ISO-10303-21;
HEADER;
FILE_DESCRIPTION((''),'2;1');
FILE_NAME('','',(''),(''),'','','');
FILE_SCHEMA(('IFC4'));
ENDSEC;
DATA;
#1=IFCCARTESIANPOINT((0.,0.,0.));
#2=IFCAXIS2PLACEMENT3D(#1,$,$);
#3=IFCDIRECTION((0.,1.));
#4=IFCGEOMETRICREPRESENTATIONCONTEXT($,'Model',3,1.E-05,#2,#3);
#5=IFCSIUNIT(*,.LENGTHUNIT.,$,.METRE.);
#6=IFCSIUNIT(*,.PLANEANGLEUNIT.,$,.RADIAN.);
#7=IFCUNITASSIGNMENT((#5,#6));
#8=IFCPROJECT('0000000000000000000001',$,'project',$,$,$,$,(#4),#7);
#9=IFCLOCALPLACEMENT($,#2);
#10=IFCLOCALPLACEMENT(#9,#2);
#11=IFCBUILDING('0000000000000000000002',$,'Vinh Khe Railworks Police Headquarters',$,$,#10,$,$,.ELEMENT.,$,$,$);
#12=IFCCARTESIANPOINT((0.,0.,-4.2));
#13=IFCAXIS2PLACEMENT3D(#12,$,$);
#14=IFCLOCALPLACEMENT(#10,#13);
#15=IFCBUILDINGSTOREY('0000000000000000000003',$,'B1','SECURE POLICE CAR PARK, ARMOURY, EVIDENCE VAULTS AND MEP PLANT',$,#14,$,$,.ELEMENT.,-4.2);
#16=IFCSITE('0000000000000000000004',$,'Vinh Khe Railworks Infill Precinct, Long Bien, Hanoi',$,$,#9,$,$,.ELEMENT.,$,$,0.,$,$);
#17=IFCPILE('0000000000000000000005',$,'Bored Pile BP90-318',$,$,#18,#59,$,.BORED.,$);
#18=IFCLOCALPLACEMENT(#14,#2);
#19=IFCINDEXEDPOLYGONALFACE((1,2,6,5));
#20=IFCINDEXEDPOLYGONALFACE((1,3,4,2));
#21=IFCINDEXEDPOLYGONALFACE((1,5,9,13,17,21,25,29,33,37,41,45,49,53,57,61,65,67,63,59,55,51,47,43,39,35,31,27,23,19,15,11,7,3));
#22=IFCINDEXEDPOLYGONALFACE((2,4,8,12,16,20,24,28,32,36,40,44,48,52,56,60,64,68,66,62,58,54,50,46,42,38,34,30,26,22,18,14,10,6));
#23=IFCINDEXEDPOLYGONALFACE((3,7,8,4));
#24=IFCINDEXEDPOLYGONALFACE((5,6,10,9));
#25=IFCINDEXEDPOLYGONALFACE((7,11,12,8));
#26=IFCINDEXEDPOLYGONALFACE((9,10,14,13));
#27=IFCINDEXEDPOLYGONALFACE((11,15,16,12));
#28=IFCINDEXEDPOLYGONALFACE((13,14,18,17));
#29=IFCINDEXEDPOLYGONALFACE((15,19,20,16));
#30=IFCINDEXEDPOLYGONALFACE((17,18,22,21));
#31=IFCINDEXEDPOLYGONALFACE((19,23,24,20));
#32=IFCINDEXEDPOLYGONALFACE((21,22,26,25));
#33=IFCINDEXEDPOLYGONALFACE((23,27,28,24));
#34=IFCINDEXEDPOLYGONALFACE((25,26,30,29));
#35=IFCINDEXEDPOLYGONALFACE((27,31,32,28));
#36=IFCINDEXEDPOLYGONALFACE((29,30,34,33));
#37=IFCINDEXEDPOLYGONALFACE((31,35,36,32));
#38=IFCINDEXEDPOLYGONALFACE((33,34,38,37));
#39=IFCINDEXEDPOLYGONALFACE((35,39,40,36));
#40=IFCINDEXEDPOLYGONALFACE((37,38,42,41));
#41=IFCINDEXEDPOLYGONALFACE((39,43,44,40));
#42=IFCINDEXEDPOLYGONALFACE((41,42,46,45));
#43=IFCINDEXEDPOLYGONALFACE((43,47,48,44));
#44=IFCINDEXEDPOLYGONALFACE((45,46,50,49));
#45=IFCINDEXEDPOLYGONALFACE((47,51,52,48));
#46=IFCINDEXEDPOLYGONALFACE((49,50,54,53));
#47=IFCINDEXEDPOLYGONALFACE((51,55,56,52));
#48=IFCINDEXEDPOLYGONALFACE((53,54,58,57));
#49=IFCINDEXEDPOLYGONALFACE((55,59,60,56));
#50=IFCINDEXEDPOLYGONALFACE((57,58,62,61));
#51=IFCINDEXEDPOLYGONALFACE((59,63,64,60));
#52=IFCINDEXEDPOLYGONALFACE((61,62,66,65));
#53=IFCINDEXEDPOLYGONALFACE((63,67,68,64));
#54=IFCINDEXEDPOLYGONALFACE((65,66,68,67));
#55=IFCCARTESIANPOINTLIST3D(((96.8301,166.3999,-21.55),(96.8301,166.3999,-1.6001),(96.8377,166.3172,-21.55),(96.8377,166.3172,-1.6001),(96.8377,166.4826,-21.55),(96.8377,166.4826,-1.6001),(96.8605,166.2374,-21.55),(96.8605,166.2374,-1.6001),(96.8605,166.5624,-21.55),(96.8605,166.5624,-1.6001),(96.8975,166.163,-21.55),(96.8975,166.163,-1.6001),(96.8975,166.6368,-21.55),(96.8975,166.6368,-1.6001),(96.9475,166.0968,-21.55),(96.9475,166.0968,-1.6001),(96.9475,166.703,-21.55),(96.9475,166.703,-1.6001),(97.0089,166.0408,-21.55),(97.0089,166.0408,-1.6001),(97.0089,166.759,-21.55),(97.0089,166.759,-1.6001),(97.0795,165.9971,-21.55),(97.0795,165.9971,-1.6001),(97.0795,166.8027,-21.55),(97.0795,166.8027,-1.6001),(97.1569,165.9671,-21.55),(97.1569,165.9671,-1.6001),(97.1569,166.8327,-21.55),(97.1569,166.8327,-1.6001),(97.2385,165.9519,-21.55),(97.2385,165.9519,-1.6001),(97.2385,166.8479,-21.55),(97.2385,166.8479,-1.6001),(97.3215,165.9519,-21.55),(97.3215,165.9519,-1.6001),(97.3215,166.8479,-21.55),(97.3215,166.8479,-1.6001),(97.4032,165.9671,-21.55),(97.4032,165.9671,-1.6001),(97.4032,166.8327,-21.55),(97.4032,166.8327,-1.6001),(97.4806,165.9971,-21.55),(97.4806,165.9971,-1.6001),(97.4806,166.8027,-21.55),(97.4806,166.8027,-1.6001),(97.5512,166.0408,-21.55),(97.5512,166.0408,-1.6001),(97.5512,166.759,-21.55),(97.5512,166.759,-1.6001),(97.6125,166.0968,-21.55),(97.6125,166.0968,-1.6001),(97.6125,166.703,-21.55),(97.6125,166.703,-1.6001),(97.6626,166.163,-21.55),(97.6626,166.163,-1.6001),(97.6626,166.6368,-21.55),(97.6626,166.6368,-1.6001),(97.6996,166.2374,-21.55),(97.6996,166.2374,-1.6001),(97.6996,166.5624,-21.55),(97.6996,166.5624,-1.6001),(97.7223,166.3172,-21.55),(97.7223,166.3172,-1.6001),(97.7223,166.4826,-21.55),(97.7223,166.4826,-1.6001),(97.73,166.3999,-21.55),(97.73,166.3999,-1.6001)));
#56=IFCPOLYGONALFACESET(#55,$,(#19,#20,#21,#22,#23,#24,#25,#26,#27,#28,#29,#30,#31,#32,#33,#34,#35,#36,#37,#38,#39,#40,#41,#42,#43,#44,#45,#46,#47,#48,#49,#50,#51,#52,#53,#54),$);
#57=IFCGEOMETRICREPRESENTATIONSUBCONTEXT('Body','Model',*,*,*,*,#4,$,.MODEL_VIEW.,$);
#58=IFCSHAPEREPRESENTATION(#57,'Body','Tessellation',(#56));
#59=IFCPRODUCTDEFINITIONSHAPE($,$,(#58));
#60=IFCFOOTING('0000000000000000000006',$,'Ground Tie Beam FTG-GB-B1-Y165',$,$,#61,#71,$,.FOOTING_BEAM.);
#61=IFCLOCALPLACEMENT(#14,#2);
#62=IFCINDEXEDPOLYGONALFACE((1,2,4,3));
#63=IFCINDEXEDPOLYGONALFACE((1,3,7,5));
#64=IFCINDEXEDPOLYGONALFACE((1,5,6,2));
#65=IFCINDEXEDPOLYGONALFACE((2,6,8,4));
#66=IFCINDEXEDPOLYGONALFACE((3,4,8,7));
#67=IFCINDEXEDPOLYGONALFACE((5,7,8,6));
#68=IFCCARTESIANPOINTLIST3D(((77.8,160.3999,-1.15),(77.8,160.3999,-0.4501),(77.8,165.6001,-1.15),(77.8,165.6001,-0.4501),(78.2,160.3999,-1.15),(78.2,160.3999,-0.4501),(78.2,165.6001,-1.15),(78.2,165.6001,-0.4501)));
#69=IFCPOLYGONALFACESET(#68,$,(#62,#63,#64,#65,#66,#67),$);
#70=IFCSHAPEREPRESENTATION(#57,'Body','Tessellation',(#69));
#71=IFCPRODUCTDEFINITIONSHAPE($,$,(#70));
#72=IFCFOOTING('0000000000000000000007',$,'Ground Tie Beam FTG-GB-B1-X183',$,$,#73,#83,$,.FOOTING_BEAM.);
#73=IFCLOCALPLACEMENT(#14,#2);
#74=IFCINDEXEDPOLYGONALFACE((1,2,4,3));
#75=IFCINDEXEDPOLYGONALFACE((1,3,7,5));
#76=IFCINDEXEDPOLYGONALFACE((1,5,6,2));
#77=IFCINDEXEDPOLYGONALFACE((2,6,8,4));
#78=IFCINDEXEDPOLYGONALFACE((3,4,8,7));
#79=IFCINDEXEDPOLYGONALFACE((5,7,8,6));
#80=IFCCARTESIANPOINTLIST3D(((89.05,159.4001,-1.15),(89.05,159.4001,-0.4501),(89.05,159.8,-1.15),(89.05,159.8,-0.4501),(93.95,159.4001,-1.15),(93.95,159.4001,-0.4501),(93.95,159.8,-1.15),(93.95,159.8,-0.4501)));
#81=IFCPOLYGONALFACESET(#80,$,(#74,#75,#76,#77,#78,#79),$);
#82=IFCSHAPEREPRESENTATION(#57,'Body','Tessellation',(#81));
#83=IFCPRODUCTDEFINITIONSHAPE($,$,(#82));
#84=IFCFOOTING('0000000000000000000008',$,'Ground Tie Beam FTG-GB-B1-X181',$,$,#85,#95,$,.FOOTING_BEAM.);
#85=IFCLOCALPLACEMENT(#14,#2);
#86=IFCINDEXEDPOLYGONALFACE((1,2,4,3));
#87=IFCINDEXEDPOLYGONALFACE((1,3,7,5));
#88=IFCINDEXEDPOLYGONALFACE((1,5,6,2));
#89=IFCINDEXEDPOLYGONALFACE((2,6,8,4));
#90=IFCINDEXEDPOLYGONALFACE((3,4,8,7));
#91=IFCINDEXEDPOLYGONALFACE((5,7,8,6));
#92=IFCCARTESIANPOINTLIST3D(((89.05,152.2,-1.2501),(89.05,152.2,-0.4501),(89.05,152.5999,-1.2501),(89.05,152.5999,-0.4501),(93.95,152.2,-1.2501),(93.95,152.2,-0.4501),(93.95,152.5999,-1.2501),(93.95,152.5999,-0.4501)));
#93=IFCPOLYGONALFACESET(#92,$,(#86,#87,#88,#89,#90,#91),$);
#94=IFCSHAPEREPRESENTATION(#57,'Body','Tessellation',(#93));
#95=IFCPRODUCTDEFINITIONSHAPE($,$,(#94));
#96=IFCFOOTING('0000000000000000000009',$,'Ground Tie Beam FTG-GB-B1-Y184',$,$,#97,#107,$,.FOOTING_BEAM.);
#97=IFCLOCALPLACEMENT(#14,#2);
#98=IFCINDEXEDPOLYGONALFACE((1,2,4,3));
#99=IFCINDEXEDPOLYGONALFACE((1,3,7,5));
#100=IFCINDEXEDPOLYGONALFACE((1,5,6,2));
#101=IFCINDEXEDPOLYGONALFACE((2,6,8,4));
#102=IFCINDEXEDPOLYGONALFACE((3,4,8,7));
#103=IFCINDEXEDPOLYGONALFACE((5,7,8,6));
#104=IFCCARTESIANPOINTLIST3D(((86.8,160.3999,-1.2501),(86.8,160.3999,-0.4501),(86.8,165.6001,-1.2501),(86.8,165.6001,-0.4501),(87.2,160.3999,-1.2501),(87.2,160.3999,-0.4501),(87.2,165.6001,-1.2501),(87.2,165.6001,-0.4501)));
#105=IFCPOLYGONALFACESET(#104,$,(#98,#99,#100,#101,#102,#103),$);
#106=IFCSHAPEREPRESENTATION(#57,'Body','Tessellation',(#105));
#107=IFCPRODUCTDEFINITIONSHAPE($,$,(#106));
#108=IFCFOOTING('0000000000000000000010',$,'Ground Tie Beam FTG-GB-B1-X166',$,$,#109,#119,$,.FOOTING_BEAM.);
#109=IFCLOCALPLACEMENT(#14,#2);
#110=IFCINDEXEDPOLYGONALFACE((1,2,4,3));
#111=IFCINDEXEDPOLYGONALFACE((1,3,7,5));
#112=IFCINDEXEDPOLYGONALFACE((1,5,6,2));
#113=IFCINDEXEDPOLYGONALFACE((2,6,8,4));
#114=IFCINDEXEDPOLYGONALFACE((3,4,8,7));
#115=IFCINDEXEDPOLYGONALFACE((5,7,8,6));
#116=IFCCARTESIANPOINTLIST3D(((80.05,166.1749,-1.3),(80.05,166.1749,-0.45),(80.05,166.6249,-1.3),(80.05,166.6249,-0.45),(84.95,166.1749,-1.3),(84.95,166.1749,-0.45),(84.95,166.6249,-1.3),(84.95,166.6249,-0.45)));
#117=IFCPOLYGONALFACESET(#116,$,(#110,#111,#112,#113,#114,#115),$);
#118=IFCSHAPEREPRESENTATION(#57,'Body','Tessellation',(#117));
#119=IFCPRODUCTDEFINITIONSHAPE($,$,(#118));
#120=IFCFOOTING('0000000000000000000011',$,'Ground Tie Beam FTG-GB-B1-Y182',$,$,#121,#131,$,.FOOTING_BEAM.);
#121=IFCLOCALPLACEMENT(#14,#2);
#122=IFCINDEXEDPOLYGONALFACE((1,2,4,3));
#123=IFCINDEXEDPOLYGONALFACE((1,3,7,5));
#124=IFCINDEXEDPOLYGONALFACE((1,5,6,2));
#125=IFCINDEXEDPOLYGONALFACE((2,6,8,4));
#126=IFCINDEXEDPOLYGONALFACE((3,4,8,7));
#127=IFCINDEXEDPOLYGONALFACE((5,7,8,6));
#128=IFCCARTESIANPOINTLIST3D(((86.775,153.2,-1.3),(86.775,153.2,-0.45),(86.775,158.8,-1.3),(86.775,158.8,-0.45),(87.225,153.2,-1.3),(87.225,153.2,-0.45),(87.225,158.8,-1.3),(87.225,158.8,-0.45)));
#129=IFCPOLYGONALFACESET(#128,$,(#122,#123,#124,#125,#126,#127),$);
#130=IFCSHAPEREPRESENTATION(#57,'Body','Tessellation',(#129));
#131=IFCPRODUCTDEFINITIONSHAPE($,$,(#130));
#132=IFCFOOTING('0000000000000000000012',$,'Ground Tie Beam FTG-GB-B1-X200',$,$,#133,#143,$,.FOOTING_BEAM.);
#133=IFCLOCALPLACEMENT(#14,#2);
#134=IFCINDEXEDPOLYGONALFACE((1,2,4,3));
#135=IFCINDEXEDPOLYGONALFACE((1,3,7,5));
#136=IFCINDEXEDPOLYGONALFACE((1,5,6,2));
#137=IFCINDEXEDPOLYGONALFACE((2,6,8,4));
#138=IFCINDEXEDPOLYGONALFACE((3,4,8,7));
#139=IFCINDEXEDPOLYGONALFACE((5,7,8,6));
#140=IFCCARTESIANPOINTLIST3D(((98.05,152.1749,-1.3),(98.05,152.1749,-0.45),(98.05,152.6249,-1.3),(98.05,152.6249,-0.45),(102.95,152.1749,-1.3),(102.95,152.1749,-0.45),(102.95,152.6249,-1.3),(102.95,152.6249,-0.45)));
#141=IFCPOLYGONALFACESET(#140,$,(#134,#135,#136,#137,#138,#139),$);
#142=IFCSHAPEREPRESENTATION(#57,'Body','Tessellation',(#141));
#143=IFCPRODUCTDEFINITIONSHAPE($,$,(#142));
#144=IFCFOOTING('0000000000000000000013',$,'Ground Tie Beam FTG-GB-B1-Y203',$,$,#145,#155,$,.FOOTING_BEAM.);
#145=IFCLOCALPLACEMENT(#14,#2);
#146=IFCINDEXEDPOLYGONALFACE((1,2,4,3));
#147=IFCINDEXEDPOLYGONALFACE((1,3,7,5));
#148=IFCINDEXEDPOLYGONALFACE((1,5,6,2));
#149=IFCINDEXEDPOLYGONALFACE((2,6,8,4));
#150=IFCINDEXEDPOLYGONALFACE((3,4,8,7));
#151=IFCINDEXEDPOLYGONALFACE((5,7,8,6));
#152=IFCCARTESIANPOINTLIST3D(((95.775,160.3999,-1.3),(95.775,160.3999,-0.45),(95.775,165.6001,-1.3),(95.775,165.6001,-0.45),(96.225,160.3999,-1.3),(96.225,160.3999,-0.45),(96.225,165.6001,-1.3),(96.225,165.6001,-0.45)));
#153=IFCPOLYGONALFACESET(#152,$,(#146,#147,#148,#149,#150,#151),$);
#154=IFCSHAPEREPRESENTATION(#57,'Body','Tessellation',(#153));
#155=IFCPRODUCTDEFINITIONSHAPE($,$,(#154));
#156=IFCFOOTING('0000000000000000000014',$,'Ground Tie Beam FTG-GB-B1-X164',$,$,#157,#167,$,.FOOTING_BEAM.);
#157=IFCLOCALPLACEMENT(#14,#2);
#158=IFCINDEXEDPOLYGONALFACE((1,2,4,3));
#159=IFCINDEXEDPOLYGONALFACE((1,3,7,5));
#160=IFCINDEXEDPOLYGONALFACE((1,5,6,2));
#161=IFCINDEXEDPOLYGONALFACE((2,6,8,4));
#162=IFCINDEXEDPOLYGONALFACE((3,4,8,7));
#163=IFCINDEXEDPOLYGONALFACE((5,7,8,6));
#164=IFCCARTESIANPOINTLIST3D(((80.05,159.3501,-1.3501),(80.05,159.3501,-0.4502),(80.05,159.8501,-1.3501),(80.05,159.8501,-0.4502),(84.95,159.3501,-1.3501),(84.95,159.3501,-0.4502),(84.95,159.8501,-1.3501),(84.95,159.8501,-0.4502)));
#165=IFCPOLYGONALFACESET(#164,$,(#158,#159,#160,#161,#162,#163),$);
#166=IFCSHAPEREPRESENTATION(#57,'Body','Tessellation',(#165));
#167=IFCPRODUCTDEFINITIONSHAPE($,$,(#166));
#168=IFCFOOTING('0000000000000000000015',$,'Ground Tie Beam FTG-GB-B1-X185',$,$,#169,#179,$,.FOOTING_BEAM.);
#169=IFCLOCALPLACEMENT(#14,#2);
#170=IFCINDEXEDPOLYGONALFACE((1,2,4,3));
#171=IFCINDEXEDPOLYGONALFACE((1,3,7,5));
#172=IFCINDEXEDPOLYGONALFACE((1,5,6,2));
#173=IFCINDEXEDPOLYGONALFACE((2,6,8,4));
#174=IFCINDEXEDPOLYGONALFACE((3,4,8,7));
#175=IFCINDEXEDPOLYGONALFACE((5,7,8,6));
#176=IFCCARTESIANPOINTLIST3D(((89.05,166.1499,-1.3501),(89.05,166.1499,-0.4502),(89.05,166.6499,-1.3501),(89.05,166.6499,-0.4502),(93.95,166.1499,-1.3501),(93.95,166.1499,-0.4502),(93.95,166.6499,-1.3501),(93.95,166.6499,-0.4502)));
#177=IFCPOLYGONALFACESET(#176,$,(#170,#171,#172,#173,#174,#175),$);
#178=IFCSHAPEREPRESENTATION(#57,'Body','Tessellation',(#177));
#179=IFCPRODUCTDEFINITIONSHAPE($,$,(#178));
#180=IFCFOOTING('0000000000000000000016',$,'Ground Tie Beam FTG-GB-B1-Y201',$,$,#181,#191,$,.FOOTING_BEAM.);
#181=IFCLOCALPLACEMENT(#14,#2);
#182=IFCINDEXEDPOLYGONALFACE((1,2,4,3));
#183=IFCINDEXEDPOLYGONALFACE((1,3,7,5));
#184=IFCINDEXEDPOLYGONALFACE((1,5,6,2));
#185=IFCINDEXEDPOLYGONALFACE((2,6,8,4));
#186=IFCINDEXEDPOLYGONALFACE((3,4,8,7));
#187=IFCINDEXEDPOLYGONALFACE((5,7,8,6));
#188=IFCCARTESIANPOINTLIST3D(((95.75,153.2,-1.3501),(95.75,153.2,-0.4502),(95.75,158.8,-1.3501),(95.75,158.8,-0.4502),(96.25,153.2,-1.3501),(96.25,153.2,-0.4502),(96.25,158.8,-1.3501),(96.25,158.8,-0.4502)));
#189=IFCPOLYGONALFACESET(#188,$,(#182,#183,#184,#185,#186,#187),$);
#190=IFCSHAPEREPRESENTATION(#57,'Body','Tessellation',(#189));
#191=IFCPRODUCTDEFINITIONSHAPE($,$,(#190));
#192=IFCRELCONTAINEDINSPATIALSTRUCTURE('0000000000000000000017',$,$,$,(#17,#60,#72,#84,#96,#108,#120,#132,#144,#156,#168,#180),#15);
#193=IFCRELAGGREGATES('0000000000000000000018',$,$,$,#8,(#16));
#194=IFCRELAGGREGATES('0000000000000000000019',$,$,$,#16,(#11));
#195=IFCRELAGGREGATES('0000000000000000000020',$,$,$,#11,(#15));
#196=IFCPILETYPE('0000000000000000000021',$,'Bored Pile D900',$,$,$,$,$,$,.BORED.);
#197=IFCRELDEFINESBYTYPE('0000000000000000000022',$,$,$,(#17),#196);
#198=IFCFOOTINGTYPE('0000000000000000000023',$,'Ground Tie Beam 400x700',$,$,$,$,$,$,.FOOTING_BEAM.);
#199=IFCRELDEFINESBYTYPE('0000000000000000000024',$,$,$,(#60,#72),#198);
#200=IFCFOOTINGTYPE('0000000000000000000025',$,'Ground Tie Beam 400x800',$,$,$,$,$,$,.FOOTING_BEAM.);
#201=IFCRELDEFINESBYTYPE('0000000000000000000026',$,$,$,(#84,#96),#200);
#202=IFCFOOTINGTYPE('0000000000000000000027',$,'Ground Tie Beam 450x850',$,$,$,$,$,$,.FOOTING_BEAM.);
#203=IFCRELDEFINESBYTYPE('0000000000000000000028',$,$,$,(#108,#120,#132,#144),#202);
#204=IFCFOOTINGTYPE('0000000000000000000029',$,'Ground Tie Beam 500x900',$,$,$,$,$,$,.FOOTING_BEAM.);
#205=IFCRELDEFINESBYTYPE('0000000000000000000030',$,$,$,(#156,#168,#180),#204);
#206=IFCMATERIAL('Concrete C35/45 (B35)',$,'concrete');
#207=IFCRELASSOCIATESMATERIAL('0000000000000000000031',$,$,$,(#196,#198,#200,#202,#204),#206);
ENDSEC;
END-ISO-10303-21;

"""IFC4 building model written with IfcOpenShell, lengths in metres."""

from ifc_helpers import new_model, si_unit, direction, frame, origin, origin_2d, place, context, subcontext, project, spatial, rectangle, circle, extrude, material, material_profile, profile_set, type_object, element, save


model = new_model("IFC4")

# Units and contexts
model_context = context("Model", 3, precision=1e-05, world=origin(), true_north=direction((0.0, 1.0)))
body_context = subcontext(model_context, "Body", "Model", "MODEL_VIEW")
ifc_project = project(units=[si_unit("LENGTHUNIT", "METRE"), si_unit("PLANEANGLEUNIT", "RADIAN")], contexts=[model_context])

# Site, building, storey
site_placement = place(None, origin())
site = spatial("IfcSite", under=ifc_project, at=site_placement, Name="Vinh Khe Railworks Infill Precinct, Long Bien, Hanoi", CompositionType="ELEMENT", RefElevation=0.0)
building_placement = place(site_placement, origin())
building = spatial("IfcBuilding", under=site, at=building_placement, Name="Vinh Khe Railworks Police Headquarters", CompositionType="ELEMENT")
storey_placement = place(building_placement, frame((0.0, 0.0, -4.2)))
storey = spatial("IfcBuildingStorey", under=building, at=storey_placement, Name="B1", Description="SECURE POLICE CAR PARK, ARMOURY, EVIDENCE VAULTS AND MEP PLANT", CompositionType="ELEMENT", Elevation=-4.2)

# Pile
ifc_material_1 = material(Name="Concrete C35/45 (B35)", Category="concrete")
ifc_material_profile_1 = material_profile(ifc_material_1, circle(Radius=0.45, at=origin_2d()), Name="BORED PILE D900")
ifc_profile_set_1 = profile_set([ifc_material_profile_1], Name="Concrete C35/45 (B35)")
pile_type = type_object("IfcPileType", Name="Bored Pile D900", PredefinedType="BORED", material=ifc_profile_set_1)
for number, where, z_axis, x_axis, name in (
    (1, (97.28, 166.3999, -1.6001), (0.0, 0.0, -1.0), (1.0, 0.0, 0.0), "Bored Pile BP90-318"),
):
    element("IfcPile", number, at=place(storey_placement, frame(where, z_axis=z_axis, x_axis=x_axis)), inside=storey, type_object=pile_type, Name=name, PredefinedType="BORED", context=body_context, shape_type="SweptSolid", body=[
        extrude(circle(Radius=0.45, at=origin_2d()), origin(), (0.0, 0.0, 1.0), 19.95),
    ])

# Footings
ifc_material_profile_2 = material_profile(ifc_material_1, rectangle(XDim=0.3999, YDim=0.7, at=origin_2d()), Name="RC 400x700")
ifc_profile_set_2 = profile_set([ifc_material_profile_2], Name="Concrete C35/45 (B35)")
footing_type_1 = type_object("IfcFootingType", Name="Ground Tie Beam 400x700", PredefinedType="FOOTING_BEAM", material=ifc_profile_set_2)
footing_1_placement = place(storey_placement, frame((78.0, 160.3999, -0.8), z_axis=(0.0, 1.0, 0.0), x_axis=(-1.0, 0.0, 0.0)))
element("IfcFooting", 2, at=footing_1_placement, inside=storey, type_object=footing_type_1, Name="Ground Tie Beam FTG-GB-B1-Y165", PredefinedType="FOOTING_BEAM", context=body_context, shape_type="SweptSolid", body=[
    extrude(rectangle(XDim=0.3999, YDim=0.7, at=origin_2d()), origin(), (0.0, 0.0, 1.0), 5.2002),
])
footing_2_placement = place(storey_placement, frame((89.05, 159.6001, -0.8), z_axis=(1.0, 0.0, 0.0), x_axis=(0.0, 1.0, 0.0)))
element("IfcFooting", 3, at=footing_2_placement, inside=storey, type_object=footing_type_1, Name="Ground Tie Beam FTG-GB-B1-X183", PredefinedType="FOOTING_BEAM", context=body_context, shape_type="SweptSolid", body=[
    extrude(rectangle(XDim=0.3999, YDim=0.7, at=origin_2d()), origin(), (0.0, 0.0, 1.0), 4.8999),
])
ifc_material_profile_3 = material_profile(ifc_material_1, rectangle(XDim=0.3999, YDim=0.8, at=origin_2d()), Name="RC 400x800")
ifc_profile_set_3 = profile_set([ifc_material_profile_3], Name="Concrete C35/45 (B35)")
footing_type_2 = type_object("IfcFootingType", Name="Ground Tie Beam 400x800", PredefinedType="FOOTING_BEAM", material=ifc_profile_set_3)
footing_3_placement = place(storey_placement, frame((89.05, 152.3999, -0.8501), z_axis=(1.0, 0.0, 0.0), x_axis=(0.0, 1.0, 0.0)))
element("IfcFooting", 4, at=footing_3_placement, inside=storey, type_object=footing_type_2, Name="Ground Tie Beam FTG-GB-B1-X181", PredefinedType="FOOTING_BEAM", context=body_context, shape_type="SweptSolid", body=[
    extrude(rectangle(XDim=0.3999, YDim=0.8, at=origin_2d()), origin(), (0.0, 0.0, 1.0), 4.8999),
])
footing_4_placement = place(storey_placement, frame((87.0, 160.3999, -0.8501), z_axis=(0.0, 1.0, 0.0), x_axis=(-1.0, 0.0, 0.0)))
element("IfcFooting", 5, at=footing_4_placement, inside=storey, type_object=footing_type_2, Name="Ground Tie Beam FTG-GB-B1-Y184", PredefinedType="FOOTING_BEAM", context=body_context, shape_type="SweptSolid", body=[
    extrude(rectangle(XDim=0.3999, YDim=0.8, at=origin_2d()), origin(), (0.0, 0.0, 1.0), 5.2002),
])
ifc_material_profile_4 = material_profile(ifc_material_1, rectangle(XDim=0.45, YDim=0.8501, at=origin_2d()), Name="RC 450x850")
ifc_profile_set_4 = profile_set([ifc_material_profile_4], Name="Concrete C35/45 (B35)")
footing_type_3 = type_object("IfcFootingType", Name="Ground Tie Beam 450x850", PredefinedType="FOOTING_BEAM", material=ifc_profile_set_4)
footing_5_placement = place(storey_placement, frame((80.05, 166.3999, -0.875), z_axis=(1.0, 0.0, 0.0), x_axis=(0.0, 1.0, 0.0)))
element("IfcFooting", 6, at=footing_5_placement, inside=storey, type_object=footing_type_3, Name="Ground Tie Beam FTG-GB-B1-X166", PredefinedType="FOOTING_BEAM", context=body_context, shape_type="SweptSolid", body=[
    extrude(rectangle(XDim=0.45, YDim=0.8501, at=origin_2d()), origin(), (0.0, 0.0, 1.0), 4.8999),
])
footing_6_placement = place(storey_placement, frame((87.0, 153.2, -0.875), z_axis=(0.0, 1.0, 0.0), x_axis=(-1.0, 0.0, 0.0)))
element("IfcFooting", 7, at=footing_6_placement, inside=storey, type_object=footing_type_3, Name="Ground Tie Beam FTG-GB-B1-Y182", PredefinedType="FOOTING_BEAM", context=body_context, shape_type="SweptSolid", body=[
    extrude(rectangle(XDim=0.45, YDim=0.8501, at=origin_2d()), origin(), (0.0, 0.0, 1.0), 5.6001),
])
footing_7_placement = place(storey_placement, frame((98.05, 152.3999, -0.875), z_axis=(1.0, 0.0, 0.0), x_axis=(0.0, 1.0, 0.0)))
element("IfcFooting", 8, at=footing_7_placement, inside=storey, type_object=footing_type_3, Name="Ground Tie Beam FTG-GB-B1-X200", PredefinedType="FOOTING_BEAM", context=body_context, shape_type="SweptSolid", body=[
    extrude(rectangle(XDim=0.45, YDim=0.8501, at=origin_2d()), origin(), (0.0, 0.0, 1.0), 4.8999),
])
footing_8_placement = place(storey_placement, frame((96.0, 160.3999, -0.875), z_axis=(0.0, 1.0, 0.0), x_axis=(-1.0, 0.0, 0.0)))
element("IfcFooting", 9, at=footing_8_placement, inside=storey, type_object=footing_type_3, Name="Ground Tie Beam FTG-GB-B1-Y203", PredefinedType="FOOTING_BEAM", context=body_context, shape_type="SweptSolid", body=[
    extrude(rectangle(XDim=0.45, YDim=0.8501, at=origin_2d()), origin(), (0.0, 0.0, 1.0), 5.2002),
])
ifc_material_profile_5 = material_profile(ifc_material_1, rectangle(XDim=0.5, YDim=0.8999, at=origin_2d()), Name="RC 500x900")
ifc_profile_set_5 = profile_set([ifc_material_profile_5], Name="Concrete C35/45 (B35)")
footing_type_4 = type_object("IfcFootingType", Name="Ground Tie Beam 500x900", PredefinedType="FOOTING_BEAM", material=ifc_profile_set_5)
for number, where, z_axis, x_axis, name in (
    (10, (80.05, 159.6001, -0.9001), (1.0, 0.0, 0.0), (0.0, 1.0, 0.0), "Ground Tie Beam FTG-GB-B1-X164"),
    (11, (89.05, 166.3999, -0.9001), (1.0, 0.0, 0.0), (0.0, 1.0, 0.0), "Ground Tie Beam FTG-GB-B1-X185"),
):
    element("IfcFooting", number, at=place(storey_placement, frame(where, z_axis=z_axis, x_axis=x_axis)), inside=storey, type_object=footing_type_4, Name=name, PredefinedType="FOOTING_BEAM", context=body_context, shape_type="SweptSolid", body=[
        extrude(rectangle(XDim=0.5, YDim=0.8999, at=origin_2d()), origin(), (0.0, 0.0, 1.0), 4.8999),
    ])
footing_9_placement = place(storey_placement, frame((96.0, 153.2, -0.9001), z_axis=(0.0, 1.0, 0.0), x_axis=(-1.0, 0.0, 0.0)))
element("IfcFooting", 12, at=footing_9_placement, inside=storey, type_object=footing_type_4, Name="Ground Tie Beam FTG-GB-B1-Y201", PredefinedType="FOOTING_BEAM", context=body_context, shape_type="SweptSolid", body=[
    extrude(rectangle(XDim=0.5, YDim=0.8999, at=origin_2d()), origin(), (0.0, 0.0, 1.0), 5.6001),
])

save(model, "model.ifc")
